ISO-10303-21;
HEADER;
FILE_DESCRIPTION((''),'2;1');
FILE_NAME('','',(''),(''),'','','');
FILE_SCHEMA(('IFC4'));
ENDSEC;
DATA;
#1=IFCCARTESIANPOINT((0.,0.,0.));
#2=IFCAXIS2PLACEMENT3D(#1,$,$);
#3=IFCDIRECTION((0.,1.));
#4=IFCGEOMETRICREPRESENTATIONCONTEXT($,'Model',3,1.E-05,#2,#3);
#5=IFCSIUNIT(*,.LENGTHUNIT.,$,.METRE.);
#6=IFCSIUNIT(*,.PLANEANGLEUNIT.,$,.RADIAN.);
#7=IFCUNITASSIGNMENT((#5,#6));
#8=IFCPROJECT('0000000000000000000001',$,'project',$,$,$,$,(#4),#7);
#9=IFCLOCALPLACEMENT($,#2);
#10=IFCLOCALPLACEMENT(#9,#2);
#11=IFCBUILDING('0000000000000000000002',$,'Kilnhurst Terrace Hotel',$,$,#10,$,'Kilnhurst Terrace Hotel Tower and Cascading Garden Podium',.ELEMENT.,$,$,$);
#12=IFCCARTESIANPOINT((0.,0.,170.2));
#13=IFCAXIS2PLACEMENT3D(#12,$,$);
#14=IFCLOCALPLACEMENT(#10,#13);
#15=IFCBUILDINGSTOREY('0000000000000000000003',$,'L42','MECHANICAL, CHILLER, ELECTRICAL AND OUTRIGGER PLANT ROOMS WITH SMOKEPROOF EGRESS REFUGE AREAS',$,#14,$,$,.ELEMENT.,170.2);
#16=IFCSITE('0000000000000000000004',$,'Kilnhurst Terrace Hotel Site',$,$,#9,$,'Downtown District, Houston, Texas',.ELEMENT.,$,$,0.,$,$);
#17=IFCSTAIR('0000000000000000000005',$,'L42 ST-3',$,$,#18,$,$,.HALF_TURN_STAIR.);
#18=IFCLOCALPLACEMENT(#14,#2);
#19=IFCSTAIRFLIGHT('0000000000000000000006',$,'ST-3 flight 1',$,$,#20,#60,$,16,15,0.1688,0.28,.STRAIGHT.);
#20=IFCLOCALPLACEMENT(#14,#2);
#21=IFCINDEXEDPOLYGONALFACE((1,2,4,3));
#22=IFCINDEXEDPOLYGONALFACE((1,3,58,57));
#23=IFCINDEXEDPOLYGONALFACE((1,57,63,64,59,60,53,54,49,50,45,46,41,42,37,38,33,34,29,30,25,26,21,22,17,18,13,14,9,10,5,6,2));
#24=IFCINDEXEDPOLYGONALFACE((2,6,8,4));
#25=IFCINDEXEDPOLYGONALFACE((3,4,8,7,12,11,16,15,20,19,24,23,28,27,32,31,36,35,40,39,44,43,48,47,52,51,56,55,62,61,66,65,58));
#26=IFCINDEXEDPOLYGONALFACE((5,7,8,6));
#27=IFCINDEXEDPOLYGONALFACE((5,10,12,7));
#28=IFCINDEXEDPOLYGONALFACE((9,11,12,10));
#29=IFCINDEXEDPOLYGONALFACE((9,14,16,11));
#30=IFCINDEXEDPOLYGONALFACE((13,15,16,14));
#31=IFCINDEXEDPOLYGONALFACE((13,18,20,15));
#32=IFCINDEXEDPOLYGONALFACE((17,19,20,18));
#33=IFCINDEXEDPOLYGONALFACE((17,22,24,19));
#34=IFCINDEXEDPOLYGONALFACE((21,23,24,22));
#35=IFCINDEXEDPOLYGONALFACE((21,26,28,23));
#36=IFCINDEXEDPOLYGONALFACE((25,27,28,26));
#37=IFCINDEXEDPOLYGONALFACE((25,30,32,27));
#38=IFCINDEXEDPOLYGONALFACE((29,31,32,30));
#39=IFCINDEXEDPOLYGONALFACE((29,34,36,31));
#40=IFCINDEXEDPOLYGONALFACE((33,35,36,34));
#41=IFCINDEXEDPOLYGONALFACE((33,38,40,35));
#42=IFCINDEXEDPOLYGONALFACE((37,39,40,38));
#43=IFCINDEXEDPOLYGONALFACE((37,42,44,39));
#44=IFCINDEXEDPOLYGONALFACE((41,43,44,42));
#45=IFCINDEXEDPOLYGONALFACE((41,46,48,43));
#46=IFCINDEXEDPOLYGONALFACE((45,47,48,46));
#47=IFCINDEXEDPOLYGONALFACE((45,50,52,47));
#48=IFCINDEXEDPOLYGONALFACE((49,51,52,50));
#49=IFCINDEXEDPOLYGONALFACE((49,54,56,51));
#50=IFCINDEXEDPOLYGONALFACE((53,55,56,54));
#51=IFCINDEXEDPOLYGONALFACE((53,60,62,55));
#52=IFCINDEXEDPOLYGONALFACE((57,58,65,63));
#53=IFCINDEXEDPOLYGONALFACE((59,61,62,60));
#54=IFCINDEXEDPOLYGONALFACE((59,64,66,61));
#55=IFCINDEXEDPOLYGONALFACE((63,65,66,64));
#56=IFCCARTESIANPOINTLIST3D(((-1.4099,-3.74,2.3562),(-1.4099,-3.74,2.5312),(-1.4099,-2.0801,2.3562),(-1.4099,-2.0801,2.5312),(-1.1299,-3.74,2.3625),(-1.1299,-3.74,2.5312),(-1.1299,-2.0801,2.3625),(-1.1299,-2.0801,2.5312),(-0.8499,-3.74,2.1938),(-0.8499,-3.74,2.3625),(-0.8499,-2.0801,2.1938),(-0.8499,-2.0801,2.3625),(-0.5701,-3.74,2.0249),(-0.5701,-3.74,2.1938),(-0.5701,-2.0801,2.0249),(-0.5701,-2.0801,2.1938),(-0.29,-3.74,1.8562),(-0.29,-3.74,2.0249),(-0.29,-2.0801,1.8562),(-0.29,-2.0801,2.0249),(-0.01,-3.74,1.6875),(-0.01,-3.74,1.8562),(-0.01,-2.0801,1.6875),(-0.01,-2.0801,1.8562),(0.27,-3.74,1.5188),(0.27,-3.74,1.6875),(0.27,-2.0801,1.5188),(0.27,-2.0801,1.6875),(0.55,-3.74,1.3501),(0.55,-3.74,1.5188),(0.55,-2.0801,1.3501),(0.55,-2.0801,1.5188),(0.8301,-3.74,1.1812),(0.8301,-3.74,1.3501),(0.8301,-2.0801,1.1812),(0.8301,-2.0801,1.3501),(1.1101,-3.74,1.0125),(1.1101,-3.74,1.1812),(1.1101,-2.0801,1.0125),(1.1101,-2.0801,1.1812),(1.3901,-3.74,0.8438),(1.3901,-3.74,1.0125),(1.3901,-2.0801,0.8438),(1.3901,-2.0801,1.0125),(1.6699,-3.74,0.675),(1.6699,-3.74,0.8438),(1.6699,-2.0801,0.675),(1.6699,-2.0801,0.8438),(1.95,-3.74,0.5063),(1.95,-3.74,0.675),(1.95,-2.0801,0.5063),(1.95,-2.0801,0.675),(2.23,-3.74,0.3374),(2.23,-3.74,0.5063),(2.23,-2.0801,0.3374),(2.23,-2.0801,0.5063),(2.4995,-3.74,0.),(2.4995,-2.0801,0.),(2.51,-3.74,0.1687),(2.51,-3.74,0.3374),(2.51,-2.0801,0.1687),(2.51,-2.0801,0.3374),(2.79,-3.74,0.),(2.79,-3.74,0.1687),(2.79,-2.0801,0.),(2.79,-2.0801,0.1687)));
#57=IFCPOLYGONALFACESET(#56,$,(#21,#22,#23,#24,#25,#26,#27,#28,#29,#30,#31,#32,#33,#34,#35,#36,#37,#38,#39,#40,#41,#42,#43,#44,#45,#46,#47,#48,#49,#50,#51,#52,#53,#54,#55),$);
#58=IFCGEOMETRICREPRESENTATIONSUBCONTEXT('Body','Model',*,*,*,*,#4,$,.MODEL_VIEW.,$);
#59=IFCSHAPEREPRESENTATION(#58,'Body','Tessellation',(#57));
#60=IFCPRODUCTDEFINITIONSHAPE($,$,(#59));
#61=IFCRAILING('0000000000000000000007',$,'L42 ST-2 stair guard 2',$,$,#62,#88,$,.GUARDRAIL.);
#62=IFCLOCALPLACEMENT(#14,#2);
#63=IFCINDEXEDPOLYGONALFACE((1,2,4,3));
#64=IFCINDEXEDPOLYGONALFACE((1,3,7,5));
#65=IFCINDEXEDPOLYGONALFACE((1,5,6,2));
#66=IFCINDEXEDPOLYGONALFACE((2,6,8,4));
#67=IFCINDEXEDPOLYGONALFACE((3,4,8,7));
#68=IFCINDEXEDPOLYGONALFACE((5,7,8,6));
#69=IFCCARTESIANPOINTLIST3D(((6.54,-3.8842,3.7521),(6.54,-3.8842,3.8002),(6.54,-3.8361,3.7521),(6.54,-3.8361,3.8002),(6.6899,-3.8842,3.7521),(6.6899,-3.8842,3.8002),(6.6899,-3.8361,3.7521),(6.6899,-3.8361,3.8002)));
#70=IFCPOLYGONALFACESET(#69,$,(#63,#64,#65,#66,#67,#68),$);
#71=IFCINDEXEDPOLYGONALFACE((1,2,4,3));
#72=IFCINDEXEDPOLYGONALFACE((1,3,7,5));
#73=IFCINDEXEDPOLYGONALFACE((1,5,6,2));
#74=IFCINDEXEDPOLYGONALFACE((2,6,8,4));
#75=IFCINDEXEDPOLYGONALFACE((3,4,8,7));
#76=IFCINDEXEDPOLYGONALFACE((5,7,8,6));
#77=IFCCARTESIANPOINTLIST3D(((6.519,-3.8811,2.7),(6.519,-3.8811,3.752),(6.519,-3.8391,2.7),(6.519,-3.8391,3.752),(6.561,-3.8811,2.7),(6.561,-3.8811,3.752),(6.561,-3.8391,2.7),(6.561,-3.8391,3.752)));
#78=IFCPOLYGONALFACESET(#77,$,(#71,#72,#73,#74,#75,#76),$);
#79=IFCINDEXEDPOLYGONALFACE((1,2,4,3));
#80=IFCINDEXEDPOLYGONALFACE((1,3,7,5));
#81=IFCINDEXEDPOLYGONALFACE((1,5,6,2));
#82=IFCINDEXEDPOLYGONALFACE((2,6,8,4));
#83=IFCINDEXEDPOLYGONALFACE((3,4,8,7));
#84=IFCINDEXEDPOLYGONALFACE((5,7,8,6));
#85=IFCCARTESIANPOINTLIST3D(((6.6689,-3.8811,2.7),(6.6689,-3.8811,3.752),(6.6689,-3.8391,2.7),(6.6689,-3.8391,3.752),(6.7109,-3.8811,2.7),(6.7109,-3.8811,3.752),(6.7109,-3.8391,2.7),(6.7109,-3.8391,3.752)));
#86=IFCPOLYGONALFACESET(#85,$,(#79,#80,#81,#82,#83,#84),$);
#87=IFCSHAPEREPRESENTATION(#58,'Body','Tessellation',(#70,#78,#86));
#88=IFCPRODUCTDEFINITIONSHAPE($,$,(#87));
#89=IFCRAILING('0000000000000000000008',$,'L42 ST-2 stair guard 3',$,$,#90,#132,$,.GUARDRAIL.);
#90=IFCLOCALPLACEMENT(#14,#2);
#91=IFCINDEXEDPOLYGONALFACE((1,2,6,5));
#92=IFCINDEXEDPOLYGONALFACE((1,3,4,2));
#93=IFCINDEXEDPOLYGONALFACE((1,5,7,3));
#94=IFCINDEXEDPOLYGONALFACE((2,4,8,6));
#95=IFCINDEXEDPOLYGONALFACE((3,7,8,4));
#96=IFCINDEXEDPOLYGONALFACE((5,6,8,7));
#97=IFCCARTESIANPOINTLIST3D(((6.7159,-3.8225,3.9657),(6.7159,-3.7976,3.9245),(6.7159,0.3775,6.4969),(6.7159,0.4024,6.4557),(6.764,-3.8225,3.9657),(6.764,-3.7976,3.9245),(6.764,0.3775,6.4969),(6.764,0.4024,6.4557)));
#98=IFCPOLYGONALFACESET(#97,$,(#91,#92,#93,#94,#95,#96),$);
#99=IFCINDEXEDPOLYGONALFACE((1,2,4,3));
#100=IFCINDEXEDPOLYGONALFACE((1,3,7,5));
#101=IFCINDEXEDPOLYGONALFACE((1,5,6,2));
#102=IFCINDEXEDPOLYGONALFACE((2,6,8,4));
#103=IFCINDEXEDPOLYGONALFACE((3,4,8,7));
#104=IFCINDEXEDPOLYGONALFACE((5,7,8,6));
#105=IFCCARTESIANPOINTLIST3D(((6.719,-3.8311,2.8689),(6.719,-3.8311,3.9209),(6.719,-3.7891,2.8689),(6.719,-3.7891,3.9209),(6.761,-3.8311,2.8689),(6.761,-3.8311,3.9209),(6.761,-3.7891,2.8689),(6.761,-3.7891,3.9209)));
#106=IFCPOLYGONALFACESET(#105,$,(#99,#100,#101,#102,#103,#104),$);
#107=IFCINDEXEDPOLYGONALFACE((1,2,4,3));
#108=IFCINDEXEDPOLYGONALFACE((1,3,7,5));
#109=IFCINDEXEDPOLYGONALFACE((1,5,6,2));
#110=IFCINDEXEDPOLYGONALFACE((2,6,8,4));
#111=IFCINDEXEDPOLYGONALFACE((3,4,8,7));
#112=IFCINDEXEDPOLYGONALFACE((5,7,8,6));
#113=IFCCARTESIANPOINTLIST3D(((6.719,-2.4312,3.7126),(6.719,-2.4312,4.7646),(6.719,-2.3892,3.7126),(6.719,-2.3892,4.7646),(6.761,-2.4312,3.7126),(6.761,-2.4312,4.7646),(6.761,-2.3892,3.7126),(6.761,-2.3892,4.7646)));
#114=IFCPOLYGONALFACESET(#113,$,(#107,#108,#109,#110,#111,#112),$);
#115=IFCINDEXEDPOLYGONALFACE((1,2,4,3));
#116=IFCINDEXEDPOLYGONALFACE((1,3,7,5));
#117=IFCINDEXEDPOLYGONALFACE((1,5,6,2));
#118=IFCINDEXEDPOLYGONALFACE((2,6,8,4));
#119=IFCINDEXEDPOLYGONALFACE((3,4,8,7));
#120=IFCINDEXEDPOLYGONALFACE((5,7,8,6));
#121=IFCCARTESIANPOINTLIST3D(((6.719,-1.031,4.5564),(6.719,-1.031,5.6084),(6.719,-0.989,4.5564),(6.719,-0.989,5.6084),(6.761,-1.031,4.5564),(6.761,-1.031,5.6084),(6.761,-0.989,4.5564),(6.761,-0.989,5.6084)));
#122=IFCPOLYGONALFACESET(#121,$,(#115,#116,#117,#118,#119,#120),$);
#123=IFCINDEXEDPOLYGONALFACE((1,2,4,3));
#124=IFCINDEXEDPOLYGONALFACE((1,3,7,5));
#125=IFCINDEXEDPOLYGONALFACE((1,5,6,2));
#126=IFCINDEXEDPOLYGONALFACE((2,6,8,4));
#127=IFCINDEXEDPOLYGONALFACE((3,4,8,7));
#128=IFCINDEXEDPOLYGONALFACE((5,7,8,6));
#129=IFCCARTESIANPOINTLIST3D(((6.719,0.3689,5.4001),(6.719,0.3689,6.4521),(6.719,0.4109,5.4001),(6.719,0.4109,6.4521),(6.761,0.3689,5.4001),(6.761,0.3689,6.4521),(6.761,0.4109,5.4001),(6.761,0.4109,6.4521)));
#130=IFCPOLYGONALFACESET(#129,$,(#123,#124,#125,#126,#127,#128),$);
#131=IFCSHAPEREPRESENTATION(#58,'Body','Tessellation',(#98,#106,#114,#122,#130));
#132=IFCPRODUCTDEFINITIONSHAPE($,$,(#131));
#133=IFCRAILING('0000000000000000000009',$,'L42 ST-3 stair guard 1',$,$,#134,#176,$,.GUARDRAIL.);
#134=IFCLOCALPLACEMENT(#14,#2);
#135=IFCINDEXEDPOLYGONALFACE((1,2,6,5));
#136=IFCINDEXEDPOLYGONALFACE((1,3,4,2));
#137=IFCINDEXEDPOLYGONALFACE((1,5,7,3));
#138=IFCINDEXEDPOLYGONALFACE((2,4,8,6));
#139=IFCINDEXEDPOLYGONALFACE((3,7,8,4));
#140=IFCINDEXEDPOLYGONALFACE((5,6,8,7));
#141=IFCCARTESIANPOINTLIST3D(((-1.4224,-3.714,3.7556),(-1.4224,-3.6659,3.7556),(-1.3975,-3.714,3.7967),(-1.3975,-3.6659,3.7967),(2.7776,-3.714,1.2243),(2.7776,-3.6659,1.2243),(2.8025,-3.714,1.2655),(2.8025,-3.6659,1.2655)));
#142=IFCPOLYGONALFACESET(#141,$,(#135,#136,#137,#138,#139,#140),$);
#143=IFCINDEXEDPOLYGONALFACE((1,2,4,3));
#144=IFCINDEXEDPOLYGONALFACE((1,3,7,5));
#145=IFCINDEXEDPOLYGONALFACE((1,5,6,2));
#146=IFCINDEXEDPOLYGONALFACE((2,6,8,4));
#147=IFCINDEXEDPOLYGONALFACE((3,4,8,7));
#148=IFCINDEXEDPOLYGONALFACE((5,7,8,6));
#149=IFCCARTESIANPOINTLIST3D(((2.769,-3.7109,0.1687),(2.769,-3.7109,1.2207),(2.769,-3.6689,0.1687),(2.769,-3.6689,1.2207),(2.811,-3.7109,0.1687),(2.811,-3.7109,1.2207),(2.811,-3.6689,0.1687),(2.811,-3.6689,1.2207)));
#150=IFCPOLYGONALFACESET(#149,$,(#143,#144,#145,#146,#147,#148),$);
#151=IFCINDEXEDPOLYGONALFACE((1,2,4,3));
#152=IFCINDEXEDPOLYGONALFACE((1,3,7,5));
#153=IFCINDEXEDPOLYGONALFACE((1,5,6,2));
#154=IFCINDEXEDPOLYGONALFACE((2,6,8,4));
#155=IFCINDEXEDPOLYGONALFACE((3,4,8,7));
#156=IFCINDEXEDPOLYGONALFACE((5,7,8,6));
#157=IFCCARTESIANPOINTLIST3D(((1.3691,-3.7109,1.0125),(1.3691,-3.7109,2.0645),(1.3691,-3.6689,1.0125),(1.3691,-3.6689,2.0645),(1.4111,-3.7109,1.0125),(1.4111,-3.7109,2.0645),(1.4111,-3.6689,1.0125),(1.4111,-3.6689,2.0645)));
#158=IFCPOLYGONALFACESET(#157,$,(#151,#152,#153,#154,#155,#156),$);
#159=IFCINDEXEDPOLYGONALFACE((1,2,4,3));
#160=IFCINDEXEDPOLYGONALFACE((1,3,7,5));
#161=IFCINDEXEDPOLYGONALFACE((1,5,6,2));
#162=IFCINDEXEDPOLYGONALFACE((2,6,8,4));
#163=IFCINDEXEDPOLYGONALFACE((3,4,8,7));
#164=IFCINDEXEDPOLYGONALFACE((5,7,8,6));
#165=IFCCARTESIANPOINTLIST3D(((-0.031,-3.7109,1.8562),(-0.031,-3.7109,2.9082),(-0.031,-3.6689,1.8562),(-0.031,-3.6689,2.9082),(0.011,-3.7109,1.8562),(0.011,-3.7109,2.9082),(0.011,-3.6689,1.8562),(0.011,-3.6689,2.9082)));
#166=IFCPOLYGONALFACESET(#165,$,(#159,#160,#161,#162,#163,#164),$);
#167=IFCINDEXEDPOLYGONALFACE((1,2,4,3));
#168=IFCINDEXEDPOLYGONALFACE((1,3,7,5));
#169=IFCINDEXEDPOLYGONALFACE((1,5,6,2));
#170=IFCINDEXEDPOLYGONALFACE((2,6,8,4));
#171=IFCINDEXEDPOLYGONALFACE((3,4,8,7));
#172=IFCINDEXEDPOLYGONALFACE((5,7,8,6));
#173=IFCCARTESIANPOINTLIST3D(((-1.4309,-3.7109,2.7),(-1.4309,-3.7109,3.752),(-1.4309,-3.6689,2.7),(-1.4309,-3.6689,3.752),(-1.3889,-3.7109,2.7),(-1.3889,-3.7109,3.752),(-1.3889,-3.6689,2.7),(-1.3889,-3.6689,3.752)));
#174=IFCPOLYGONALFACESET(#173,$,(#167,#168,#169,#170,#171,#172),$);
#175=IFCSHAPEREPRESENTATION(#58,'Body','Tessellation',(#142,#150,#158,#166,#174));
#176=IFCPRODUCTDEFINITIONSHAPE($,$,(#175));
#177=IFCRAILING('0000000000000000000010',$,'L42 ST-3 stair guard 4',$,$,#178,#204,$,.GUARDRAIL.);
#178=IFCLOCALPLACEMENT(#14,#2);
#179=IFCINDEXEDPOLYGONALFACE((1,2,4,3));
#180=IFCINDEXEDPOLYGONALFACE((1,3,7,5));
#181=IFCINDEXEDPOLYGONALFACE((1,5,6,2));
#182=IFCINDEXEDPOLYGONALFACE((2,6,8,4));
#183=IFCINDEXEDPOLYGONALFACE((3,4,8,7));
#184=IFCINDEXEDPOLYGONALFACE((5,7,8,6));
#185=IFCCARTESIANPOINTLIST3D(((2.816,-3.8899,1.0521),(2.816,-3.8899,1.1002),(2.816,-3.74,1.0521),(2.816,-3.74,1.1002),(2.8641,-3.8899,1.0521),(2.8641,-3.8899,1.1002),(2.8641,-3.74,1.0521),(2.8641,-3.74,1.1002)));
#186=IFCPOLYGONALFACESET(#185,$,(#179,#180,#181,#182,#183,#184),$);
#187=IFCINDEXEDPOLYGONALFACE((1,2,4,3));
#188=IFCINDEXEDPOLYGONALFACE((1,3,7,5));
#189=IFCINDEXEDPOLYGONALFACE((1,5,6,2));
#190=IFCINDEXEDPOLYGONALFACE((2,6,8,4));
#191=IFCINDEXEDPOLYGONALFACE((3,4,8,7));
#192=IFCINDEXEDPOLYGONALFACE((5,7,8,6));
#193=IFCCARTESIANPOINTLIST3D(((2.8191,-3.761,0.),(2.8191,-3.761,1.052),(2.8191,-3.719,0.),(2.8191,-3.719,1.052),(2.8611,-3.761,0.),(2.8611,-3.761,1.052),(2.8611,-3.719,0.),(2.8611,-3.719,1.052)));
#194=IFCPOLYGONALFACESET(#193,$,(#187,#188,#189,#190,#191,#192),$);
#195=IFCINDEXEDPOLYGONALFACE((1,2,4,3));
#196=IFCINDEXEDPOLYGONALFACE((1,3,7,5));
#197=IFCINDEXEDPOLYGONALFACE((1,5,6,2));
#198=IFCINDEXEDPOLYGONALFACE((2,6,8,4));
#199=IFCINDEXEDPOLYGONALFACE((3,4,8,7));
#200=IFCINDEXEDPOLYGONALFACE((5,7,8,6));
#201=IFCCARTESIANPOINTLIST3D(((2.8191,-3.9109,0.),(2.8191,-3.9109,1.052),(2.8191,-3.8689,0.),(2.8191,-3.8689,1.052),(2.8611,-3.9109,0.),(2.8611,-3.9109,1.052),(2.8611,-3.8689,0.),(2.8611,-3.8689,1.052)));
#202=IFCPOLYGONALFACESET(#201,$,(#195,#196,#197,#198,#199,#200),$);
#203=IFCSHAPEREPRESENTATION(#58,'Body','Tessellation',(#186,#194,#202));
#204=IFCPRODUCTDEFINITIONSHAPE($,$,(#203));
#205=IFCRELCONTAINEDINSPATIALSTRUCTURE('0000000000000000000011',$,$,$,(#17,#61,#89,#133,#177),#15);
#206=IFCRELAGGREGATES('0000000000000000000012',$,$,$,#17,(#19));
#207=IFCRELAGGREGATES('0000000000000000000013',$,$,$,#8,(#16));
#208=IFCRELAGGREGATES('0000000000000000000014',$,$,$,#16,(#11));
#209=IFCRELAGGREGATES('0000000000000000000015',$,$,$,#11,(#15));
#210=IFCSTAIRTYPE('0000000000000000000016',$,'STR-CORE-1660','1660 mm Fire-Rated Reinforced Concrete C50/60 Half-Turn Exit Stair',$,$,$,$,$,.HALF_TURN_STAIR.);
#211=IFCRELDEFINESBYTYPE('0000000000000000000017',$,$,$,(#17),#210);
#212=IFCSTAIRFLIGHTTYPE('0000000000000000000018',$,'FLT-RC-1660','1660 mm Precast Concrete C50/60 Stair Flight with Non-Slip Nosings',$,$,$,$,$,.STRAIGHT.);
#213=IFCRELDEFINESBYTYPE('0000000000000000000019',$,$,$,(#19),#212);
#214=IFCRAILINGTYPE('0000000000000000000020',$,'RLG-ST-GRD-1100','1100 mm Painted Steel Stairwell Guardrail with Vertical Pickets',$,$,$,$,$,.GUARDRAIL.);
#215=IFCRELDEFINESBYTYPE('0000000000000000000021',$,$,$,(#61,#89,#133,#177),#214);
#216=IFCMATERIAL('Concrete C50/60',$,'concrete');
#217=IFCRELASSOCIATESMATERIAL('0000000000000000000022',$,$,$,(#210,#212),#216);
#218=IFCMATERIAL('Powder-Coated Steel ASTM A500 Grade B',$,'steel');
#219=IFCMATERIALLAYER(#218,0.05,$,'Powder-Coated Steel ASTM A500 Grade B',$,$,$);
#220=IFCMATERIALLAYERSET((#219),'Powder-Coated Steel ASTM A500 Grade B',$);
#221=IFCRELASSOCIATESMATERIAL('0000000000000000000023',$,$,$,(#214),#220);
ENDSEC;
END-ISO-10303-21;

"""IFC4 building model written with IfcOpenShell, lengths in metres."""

from ifc_helpers import new_model, si_unit, direction, frame, origin, origin_2d, place, context, subcontext, project, spatial, polyline, rectangle, outline, extrude, material, layer, layer_set, type_object, element, aggregate, save


model = new_model("IFC4")

# Units and contexts
model_context = context("Model", 3, precision=1e-05, world=origin(), true_north=direction((0.0, 1.0)))
body_context = subcontext(model_context, "Body", "Model", "MODEL_VIEW")
ifc_project = project(units=[si_unit("LENGTHUNIT", "METRE"), si_unit("PLANEANGLEUNIT", "RADIAN")], contexts=[model_context])

# Site, building, storey
site_placement = place(None, origin())
site = spatial("IfcSite", under=ifc_project, at=site_placement, Name="Kilnhurst Terrace Hotel Site", LongName="Downtown District, Houston, Texas", CompositionType="ELEMENT", RefElevation=0.0)
building_placement = place(site_placement, origin())
building = spatial("IfcBuilding", under=site, at=building_placement, Name="Kilnhurst Terrace Hotel", LongName="Kilnhurst Terrace Hotel Tower and Cascading Garden Podium", CompositionType="ELEMENT")
storey_placement = place(building_placement, frame((0.0, 0.0, 170.2)))
storey = spatial("IfcBuildingStorey", under=building, at=storey_placement, Name="L42", Description="MECHANICAL, CHILLER, ELECTRICAL AND OUTRIGGER PLANT ROOMS WITH SMOKEPROOF EGRESS REFUGE AREAS", CompositionType="ELEMENT", Elevation=170.2)

# Shared definitions
ifc_material_1 = material(Name="Concrete C50/60", Category="concrete")

# Stair, stair flight
stair_type = type_object("IfcStairType", Name="STR-CORE-1660", Description="1660 mm Fire-Rated Reinforced Concrete C50/60 Half-Turn Exit Stair", PredefinedType="HALF_TURN_STAIR", material=ifc_material_1)
stair_flight_type = type_object("IfcStairFlightType", Name="FLT-RC-1660", Description="1660 mm Precast Concrete C50/60 Stair Flight with Non-Slip Nosings", PredefinedType="STRAIGHT", material=ifc_material_1)
stair_1_placement = place(storey_placement, origin())
stair_1 = element("IfcStair", 1, at=stair_1_placement, inside=storey, type_object=stair_type, Name="L42 ST-3", PredefinedType="HALF_TURN_STAIR")
stair_flight_1_placement = place(storey_placement, frame((2.79, -2.9099, 0.0), z_axis=(0.0, 0.0, 1.0), x_axis=(-1.0, 0.0, 0.0)))
stair_flight_1 = element("IfcStairFlight", 2, at=stair_flight_1_placement, type_object=stair_flight_type, Name="ST-3 flight 1", NumberOfRisers=16, NumberOfTreads=15, PredefinedType="STRAIGHT", RiserHeight=0.1688, TreadLength=0.28, context=body_context, shape_type="SweptSolid", body=[
    extrude(outline(polyline([(0.0, 0.0), (0.0, 0.1687), (0.28, 0.1687), (0.28, 0.3374), (0.5601, 0.3374), (0.5601, 0.5063), (0.8401, 0.5063), (0.8401, 0.675), (1.1201, 0.675), (1.1201, 0.8438), (1.3999, 0.8438), (1.3999, 1.0125), (1.6799, 1.0125), (1.6799, 1.1812), (1.96, 1.1812), (1.96, 1.3501), (2.24, 1.3501), (2.24, 1.5188), (2.52, 1.5188), (2.52, 1.6875), (2.8, 1.6875), (2.8, 1.8562), (3.0801, 1.8562), (3.0801, 2.0249), (3.3601, 2.0249), (3.3601, 2.1938), (3.6399, 2.1938), (3.6399, 2.3625), (3.9199, 2.3625), (3.9199, 2.5312), (4.2, 2.5312), (4.2, 2.7), (4.2, 2.3562), (0.2905, 0.0), (0.0, 0.0)])), frame((0.0, 0.8301, 0.0), z_axis=(0.0, -1.0, 0.0), x_axis=(1.0, 0.0, 0.0)), (0.0, 0.0, 1.0), 1.6599),
])
aggregate(stair_1, [stair_flight_1])

# Railings
ifc_material_2 = material(Name="Powder-Coated Steel ASTM A500 Grade B", Category="steel")
ifc_layer_1 = layer(ifc_material_2, 0.05, Name="Powder-Coated Steel ASTM A500 Grade B")
ifc_layer_set_1 = layer_set([ifc_layer_1], Name="Powder-Coated Steel ASTM A500 Grade B")
railing_type_1 = type_object("IfcRailingType", Name="RLG-ST-GRD-1100", Description="1100 mm Painted Steel Stairwell Guardrail with Vertical Pickets", PredefinedType="GUARDRAIL", material=ifc_layer_set_1)
railing_1_placement = place(storey_placement, frame((6.54, -3.8601, 2.7)))
element("IfcRailing", 3, at=railing_1_placement, inside=storey, type_object=railing_type_1, Name="L42 ST-2 stair guard 2", PredefinedType="GUARDRAIL", context=body_context, shape_type="SweptSolid", body=[
    extrude(rectangle(XDim=0.0481, YDim=0.0481, at=origin_2d()), frame((0.0, 0.0, 1.0762), z_axis=(1.0, 0.0, 0.0), x_axis=(0.0, 1.0, 0.0)), (0.0, 0.0, 1.0), 0.1499),
    extrude(rectangle(XDim=0.042, YDim=0.042, at=origin_2d()), origin(), (0.0, 0.0, 1.0), 1.052),
    extrude(rectangle(XDim=0.042, YDim=0.042, at=origin_2d()), frame((0.1499, 0.0, 0.0)), (0.0, 0.0, 1.0), 1.052),
])
railing_2_placement = place(storey_placement, frame((6.74, -3.8101, 2.8689)))
element("IfcRailing", 4, at=railing_2_placement, inside=storey, type_object=railing_type_1, Name="L42 ST-2 stair guard 3", PredefinedType="GUARDRAIL", context=body_context, shape_type="SweptSolid", body=[
    extrude(rectangle(XDim=0.0481, YDim=0.0481, at=origin_2d()), frame((0.0, 0.0, 1.0762), z_axis=(0.0, 0.856476, 0.516186), x_axis=(-1.0, 0.0, 0.0)), (0.0, 0.0, 1.0), 4.9038),
    extrude(rectangle(XDim=0.042, YDim=0.042, at=origin_2d()), origin(), (0.0, 0.0, 1.0), 1.052),
    extrude(rectangle(XDim=0.042, YDim=0.042, at=origin_2d()), frame((0.0, 1.3999, 0.8438)), (0.0, 0.0, 1.0), 1.052),
    extrude(rectangle(XDim=0.042, YDim=0.042, at=origin_2d()), frame((0.0, 2.8, 1.6875)), (0.0, 0.0, 1.0), 1.052),
    extrude(rectangle(XDim=0.042, YDim=0.042, at=origin_2d()), frame((0.0, 4.2, 2.5312)), (0.0, 0.0, 1.0), 1.052),
])
railing_3_placement = place(storey_placement, frame((2.79, -3.6899, 0.1687)))
element("IfcRailing", 5, at=railing_3_placement, inside=storey, type_object=railing_type_1, Name="L42 ST-3 stair guard 1", PredefinedType="GUARDRAIL", context=body_context, shape_type="SweptSolid", body=[
    extrude(rectangle(XDim=0.0481, YDim=0.0481, at=origin_2d()), frame((0.0, 0.0, 1.0762), z_axis=(-0.856476, 0.0, 0.516186), x_axis=(0.0, -1.0, 0.0)), (0.0, 0.0, 1.0), 4.9038),
    extrude(rectangle(XDim=0.042, YDim=0.042, at=origin_2d()), origin(), (0.0, 0.0, 1.0), 1.052),
    extrude(rectangle(XDim=0.042, YDim=0.042, at=origin_2d()), frame((-1.3999, 0.0, 0.8438)), (0.0, 0.0, 1.0), 1.052),
    extrude(rectangle(XDim=0.042, YDim=0.042, at=origin_2d()), frame((-2.8, 0.0, 1.6875)), (0.0, 0.0, 1.0), 1.052),
    extrude(rectangle(XDim=0.042, YDim=0.042, at=origin_2d()), frame((-4.2, 0.0, 2.5312)), (0.0, 0.0, 1.0), 1.052),
])
railing_4_placement = place(storey_placement, frame((2.8401, -3.74, 0.0)))
element("IfcRailing", 6, at=railing_4_placement, inside=storey, type_object=railing_type_1, Name="L42 ST-3 stair guard 4", PredefinedType="GUARDRAIL", context=body_context, shape_type="SweptSolid", body=[
    extrude(rectangle(XDim=0.0481, YDim=0.0481, at=origin_2d()), frame((0.0, 0.0, 1.0762), z_axis=(0.0, -1.0, 0.0), x_axis=(1.0, 0.0, 0.0)), (0.0, 0.0, 1.0), 0.1499),
    extrude(rectangle(XDim=0.042, YDim=0.042, at=origin_2d()), origin(), (0.0, 0.0, 1.0), 1.052),
    extrude(rectangle(XDim=0.042, YDim=0.042, at=origin_2d()), frame((0.0, -0.1499, 0.0)), (0.0, 0.0, 1.0), 1.052),
])

save(model, "model.ifc")
